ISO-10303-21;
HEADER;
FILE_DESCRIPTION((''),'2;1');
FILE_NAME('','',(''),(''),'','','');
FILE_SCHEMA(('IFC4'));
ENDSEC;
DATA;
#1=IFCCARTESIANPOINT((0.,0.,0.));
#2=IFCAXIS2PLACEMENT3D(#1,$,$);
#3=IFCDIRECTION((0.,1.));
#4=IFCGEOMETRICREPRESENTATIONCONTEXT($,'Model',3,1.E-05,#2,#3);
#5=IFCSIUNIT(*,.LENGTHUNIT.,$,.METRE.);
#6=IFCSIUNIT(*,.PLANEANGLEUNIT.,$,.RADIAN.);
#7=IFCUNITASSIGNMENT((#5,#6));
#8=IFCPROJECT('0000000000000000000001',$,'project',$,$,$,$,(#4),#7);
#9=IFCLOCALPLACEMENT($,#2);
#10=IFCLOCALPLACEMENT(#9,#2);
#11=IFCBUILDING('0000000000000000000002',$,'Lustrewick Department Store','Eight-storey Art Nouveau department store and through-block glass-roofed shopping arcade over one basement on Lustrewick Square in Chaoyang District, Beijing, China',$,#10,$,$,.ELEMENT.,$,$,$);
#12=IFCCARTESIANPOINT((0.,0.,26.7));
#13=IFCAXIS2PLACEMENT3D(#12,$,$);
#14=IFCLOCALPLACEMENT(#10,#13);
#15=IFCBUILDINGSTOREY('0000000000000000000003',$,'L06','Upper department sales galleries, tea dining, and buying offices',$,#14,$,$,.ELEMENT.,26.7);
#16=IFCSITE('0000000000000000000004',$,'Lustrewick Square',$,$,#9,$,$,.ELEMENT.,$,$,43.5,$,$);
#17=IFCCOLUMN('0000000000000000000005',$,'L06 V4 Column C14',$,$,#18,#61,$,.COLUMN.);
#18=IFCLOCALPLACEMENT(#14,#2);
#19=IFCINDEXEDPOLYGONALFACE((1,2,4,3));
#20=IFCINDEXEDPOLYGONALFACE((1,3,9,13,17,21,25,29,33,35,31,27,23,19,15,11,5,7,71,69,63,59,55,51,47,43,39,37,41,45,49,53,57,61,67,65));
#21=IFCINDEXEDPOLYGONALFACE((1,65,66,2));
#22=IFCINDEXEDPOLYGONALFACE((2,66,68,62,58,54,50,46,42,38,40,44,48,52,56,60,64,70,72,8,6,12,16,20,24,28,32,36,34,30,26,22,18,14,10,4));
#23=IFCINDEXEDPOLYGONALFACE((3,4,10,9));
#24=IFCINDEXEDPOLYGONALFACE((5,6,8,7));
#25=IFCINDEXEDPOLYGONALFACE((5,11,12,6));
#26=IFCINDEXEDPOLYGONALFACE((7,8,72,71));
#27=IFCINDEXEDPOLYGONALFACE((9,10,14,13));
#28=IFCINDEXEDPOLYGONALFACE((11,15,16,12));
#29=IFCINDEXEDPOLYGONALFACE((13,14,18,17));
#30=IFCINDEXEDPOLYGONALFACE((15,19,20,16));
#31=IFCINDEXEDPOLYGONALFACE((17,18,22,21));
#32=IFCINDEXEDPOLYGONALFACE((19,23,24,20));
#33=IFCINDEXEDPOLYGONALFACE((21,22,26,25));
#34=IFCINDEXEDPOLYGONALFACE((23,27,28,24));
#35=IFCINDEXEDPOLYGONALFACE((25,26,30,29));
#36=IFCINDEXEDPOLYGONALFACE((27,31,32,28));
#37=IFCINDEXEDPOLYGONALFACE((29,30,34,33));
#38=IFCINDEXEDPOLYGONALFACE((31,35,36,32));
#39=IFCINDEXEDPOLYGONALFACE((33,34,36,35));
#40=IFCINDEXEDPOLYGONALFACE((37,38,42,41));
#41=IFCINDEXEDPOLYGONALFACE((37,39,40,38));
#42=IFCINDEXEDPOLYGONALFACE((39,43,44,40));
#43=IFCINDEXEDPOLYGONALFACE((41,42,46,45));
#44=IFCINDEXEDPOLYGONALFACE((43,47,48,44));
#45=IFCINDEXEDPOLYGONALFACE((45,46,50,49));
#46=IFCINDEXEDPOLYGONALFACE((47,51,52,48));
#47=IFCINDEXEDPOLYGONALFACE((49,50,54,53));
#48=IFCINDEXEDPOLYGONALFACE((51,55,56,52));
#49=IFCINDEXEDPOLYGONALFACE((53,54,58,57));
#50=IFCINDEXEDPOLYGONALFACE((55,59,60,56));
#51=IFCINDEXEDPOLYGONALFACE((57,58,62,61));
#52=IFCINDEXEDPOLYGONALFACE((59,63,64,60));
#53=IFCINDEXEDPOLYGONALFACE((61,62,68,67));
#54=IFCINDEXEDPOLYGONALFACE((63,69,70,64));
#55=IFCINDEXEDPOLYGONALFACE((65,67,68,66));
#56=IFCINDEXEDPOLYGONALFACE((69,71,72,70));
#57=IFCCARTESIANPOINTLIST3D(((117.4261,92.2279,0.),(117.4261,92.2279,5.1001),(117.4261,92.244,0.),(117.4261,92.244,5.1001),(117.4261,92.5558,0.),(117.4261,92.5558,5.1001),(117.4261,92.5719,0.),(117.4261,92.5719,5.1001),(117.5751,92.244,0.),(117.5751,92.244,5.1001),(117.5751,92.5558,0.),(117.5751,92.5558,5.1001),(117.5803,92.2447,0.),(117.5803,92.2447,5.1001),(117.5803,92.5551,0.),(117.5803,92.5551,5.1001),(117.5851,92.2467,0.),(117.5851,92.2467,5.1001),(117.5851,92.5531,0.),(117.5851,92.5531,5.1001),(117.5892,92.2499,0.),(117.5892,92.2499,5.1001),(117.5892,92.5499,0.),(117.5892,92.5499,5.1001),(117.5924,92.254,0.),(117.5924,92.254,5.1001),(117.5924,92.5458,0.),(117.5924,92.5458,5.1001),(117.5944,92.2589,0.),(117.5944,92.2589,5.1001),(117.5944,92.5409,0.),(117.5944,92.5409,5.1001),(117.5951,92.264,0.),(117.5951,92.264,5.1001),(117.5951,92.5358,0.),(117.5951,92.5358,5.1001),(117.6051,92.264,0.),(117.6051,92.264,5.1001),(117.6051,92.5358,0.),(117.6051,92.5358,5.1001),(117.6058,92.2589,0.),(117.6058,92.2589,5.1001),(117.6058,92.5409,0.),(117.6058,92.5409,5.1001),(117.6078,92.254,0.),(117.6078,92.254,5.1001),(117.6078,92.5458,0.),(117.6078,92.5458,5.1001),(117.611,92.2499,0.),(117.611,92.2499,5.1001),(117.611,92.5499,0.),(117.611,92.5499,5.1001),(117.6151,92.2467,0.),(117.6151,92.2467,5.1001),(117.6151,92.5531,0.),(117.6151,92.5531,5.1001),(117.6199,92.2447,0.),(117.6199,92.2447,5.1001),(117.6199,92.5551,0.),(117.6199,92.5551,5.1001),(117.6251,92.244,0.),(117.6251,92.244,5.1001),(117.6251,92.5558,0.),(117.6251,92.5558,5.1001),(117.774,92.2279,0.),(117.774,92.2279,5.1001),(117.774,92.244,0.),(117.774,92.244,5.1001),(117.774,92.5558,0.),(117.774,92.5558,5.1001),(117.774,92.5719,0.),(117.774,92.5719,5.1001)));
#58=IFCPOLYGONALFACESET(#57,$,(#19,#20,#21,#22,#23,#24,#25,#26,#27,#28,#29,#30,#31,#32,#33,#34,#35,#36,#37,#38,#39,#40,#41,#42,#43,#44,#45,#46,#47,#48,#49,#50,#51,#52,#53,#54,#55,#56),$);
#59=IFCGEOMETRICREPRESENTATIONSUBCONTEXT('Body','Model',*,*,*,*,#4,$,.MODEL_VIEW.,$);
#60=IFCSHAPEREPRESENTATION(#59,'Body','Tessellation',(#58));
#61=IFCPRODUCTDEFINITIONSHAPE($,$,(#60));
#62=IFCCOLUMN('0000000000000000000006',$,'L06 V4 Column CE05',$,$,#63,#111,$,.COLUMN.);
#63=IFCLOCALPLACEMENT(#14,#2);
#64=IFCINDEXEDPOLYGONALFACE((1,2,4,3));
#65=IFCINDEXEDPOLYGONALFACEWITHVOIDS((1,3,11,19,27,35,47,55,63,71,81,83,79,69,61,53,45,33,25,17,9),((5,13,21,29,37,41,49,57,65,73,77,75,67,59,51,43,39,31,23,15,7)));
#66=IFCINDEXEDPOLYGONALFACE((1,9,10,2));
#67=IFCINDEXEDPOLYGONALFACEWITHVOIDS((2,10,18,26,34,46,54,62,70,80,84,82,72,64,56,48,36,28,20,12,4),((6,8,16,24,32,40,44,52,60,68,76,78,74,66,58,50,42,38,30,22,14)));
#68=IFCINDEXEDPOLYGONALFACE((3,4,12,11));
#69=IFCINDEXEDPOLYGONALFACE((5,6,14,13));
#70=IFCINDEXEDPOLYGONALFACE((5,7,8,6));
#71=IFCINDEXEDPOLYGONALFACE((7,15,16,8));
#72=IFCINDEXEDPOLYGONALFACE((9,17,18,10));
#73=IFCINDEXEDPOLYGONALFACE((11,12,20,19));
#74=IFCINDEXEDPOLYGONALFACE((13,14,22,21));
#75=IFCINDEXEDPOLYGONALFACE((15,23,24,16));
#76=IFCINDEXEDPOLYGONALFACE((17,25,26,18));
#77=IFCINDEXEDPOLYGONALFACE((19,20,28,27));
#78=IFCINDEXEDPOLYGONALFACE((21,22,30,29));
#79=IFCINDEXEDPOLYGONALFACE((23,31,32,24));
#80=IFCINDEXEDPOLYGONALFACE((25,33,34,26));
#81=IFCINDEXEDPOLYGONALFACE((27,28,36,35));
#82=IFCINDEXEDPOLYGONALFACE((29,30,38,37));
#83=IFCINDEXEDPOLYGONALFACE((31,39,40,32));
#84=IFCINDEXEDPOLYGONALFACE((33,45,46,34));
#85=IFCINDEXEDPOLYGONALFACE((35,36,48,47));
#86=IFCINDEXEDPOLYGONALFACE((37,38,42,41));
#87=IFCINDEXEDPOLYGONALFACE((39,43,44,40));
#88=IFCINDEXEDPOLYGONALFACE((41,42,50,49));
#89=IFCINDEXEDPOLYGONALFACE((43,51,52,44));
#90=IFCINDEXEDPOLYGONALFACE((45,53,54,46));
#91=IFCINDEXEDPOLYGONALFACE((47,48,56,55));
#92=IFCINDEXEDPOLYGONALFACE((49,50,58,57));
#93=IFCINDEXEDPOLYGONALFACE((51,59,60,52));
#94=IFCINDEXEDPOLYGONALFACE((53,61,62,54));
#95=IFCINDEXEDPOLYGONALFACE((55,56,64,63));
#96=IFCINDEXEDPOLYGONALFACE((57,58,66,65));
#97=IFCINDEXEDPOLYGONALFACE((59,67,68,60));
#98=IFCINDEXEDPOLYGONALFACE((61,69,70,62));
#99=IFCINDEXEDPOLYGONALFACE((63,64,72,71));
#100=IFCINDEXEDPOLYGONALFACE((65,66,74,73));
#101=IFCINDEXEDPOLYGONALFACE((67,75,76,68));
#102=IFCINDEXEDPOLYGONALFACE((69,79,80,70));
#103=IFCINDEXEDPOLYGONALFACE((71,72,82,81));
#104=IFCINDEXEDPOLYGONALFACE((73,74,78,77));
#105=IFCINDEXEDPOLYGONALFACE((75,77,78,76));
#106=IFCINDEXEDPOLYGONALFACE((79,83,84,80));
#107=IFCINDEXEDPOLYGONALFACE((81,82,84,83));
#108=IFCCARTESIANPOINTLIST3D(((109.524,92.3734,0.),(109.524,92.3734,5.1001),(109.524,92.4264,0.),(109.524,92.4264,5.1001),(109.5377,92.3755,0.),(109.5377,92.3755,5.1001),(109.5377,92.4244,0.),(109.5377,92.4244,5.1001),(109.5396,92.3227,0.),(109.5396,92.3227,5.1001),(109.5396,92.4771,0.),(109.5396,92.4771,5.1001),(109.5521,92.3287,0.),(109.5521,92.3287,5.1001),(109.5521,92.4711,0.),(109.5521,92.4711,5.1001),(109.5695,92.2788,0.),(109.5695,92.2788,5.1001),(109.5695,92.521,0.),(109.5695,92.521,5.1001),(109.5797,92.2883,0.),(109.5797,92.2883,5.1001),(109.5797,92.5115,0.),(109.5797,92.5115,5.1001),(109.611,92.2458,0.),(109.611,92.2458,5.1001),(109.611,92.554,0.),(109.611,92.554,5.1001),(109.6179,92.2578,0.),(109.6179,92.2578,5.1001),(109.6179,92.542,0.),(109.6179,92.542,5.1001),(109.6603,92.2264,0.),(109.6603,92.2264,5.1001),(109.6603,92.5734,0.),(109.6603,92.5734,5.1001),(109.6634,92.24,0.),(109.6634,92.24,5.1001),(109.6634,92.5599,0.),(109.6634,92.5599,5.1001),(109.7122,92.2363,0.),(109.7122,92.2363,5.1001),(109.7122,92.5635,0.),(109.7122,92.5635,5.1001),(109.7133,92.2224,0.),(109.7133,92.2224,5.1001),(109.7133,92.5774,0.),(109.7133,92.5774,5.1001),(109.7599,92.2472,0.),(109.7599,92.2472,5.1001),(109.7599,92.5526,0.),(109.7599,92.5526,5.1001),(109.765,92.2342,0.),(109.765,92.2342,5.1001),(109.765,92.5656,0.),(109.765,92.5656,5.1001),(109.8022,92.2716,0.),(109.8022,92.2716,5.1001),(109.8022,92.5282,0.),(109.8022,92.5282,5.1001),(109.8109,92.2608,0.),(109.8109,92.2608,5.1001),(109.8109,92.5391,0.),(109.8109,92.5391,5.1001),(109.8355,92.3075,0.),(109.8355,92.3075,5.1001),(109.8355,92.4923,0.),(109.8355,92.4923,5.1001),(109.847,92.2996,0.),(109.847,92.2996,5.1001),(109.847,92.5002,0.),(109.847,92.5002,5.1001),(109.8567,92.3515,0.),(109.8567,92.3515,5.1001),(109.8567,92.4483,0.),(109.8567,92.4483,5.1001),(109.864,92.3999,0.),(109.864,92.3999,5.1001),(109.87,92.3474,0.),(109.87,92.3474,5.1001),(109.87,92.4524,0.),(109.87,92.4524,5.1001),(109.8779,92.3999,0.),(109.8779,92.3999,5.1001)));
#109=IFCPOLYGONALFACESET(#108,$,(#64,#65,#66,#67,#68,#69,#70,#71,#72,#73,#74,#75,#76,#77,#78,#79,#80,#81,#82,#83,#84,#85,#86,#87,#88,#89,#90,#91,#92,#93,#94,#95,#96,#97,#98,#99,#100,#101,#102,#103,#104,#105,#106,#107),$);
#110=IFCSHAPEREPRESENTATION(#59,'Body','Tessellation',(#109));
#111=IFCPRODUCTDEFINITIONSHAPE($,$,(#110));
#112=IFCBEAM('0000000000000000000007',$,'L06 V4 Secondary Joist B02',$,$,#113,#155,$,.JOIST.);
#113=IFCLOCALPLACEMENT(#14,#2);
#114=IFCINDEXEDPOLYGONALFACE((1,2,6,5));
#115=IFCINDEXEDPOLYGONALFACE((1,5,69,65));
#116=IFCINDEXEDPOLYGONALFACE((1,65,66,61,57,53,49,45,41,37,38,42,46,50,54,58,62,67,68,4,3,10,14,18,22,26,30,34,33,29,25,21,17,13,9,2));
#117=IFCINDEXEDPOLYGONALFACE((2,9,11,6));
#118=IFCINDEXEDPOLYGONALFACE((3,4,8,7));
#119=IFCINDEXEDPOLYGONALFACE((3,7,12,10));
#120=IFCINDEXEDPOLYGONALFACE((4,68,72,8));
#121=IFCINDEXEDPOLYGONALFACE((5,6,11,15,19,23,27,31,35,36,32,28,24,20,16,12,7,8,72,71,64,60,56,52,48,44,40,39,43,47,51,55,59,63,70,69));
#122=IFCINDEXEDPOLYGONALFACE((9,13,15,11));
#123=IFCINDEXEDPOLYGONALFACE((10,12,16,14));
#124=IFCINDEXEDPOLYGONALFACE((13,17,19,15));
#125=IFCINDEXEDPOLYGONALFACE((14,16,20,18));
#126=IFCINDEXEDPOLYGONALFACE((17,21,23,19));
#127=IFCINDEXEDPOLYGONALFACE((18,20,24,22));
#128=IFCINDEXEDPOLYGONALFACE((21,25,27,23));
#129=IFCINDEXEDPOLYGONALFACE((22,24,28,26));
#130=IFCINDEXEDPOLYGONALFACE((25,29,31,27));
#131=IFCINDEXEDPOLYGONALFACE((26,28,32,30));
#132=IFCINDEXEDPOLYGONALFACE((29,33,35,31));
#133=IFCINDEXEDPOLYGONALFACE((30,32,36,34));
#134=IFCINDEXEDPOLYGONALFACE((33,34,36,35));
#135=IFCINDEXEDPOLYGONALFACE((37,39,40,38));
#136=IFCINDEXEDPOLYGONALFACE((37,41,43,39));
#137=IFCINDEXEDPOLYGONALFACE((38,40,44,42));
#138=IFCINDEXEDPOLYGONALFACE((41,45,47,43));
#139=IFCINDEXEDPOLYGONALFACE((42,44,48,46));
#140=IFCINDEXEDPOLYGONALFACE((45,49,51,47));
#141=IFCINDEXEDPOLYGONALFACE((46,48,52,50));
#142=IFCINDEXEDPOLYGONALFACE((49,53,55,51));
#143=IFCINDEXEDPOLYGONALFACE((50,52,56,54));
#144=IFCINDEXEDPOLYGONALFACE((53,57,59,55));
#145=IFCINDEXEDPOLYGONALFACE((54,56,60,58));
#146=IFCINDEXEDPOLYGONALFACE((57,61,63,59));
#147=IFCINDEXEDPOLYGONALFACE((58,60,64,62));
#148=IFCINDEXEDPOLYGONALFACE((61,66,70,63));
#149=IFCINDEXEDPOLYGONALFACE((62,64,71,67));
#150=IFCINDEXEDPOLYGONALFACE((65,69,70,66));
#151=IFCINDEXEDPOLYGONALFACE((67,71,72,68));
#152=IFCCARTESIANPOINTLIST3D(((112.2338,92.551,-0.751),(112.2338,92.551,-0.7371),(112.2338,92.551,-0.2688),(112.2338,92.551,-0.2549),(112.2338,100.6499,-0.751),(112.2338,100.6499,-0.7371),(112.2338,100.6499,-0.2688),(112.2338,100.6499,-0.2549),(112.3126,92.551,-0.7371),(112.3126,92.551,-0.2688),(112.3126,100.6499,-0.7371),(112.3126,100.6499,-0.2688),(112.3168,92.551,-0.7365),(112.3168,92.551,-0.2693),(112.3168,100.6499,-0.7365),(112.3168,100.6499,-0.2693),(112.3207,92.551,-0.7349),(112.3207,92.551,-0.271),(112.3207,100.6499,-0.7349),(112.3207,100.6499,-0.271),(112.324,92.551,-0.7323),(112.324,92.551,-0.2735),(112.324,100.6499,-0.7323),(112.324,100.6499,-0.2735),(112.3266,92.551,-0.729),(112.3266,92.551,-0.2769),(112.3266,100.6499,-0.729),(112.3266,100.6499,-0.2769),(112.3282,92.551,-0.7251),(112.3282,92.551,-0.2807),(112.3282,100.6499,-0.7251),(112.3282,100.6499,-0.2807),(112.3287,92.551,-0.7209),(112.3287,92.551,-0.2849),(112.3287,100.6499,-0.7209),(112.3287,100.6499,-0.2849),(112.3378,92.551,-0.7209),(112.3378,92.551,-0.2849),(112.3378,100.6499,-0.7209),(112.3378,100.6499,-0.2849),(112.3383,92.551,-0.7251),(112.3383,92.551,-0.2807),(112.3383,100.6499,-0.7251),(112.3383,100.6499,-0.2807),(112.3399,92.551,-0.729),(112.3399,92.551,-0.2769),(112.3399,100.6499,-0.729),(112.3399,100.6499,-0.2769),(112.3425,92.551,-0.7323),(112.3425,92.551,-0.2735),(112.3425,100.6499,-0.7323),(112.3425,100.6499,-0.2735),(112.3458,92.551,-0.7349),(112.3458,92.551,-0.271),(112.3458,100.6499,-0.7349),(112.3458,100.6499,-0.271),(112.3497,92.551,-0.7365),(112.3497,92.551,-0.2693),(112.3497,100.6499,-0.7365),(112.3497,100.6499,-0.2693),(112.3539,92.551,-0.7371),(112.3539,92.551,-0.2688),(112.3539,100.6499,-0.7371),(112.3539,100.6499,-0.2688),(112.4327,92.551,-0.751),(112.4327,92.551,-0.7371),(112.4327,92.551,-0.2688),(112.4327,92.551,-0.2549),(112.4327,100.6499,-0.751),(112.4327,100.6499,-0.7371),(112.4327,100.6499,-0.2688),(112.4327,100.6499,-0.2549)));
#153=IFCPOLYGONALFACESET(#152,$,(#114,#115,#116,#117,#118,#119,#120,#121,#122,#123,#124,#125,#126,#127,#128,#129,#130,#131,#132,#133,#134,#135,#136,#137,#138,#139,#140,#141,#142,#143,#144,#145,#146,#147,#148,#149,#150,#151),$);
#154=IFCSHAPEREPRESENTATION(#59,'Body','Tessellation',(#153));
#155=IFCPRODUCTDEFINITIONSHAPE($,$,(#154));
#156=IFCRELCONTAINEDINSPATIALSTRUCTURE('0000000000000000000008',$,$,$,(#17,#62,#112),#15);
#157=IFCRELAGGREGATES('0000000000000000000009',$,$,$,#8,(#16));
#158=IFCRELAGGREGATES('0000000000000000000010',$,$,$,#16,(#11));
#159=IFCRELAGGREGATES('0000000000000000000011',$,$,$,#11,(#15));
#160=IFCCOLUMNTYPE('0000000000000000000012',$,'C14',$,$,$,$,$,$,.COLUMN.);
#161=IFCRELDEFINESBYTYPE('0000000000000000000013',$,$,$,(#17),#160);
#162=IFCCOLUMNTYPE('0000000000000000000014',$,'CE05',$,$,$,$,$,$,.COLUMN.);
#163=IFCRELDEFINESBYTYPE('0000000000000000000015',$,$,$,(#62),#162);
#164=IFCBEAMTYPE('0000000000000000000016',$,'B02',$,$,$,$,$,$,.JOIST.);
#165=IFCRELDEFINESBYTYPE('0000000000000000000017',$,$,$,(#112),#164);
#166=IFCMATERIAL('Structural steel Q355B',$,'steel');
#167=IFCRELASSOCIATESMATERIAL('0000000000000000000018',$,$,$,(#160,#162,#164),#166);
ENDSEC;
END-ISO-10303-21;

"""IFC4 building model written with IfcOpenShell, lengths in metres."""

from ifc_helpers import new_model, si_unit, direction, frame, origin, origin_2d, place, context, subcontext, project, spatial, hollow_circle, i_section, extrude, material, material_profile, profile_set, type_object, element, save


model = new_model("IFC4")

# Units and contexts
model_context = context("Model", 3, precision=1e-05, world=origin(), true_north=direction((0.0, 1.0)))
body_context = subcontext(model_context, "Body", "Model", "MODEL_VIEW")
ifc_project = project(units=[si_unit("LENGTHUNIT", "METRE"), si_unit("PLANEANGLEUNIT", "RADIAN")], contexts=[model_context])

# Site, building, storey
site_placement = place(None, origin())
site = spatial("IfcSite", under=ifc_project, at=site_placement, Name="Lustrewick Square", CompositionType="ELEMENT", RefElevation=43.5)
building_placement = place(site_placement, origin())
building = spatial("IfcBuilding", under=site, at=building_placement, Name="Lustrewick Department Store", Description="Eight-storey Art Nouveau department store and through-block glass-roofed shopping arcade over one basement on Lustrewick Square in Chaoyang District, Beijing, China", CompositionType="ELEMENT")
storey_placement = place(building_placement, frame((0.0, 0.0, 26.7)))
storey = spatial("IfcBuildingStorey", under=building, at=storey_placement, Name="L06", Description="Upper department sales galleries, tea dining, and buying offices", CompositionType="ELEMENT", Elevation=26.7)

# Columns
ifc_material_1 = material(Name="Structural steel Q355B", Category="steel")
ifc_material_profile_1 = material_profile(ifc_material_1, i_section(OverallWidth=0.3479, OverallDepth=0.344, WebThickness=0.01, FlangeThickness=0.0161, FilletRadius=0.02, at=origin_2d()), Name="HW 344x348x10x16")
ifc_profile_set_1 = profile_set([ifc_material_profile_1], Name="Structural steel Q355B")
column_type_1 = type_object("IfcColumnType", Name="C14", PredefinedType="COLUMN", material=ifc_profile_set_1)
column_1_placement = place(storey_placement, frame((117.6001, 92.3999, 0.0), z_axis=(0.0, 0.0, 1.0), x_axis=(1.0, 0.0, 0.0)))
element("IfcColumn", 1, at=column_1_placement, inside=storey, type_object=column_type_1, Name="L06 V4 Column C14", PredefinedType="COLUMN", context=body_context, shape_type="SweptSolid", body=[
    extrude(i_section(OverallWidth=0.3479, OverallDepth=0.344, WebThickness=0.01, FlangeThickness=0.0161, FilletRadius=0.02, at=origin_2d()), origin(), (0.0, 0.0, 1.0), 5.1001),
])
ifc_material_profile_2 = material_profile(ifc_material_1, hollow_circle(Radius=0.178, WallThickness=0.0139, at=origin_2d()), Name="CHS 356x14")
ifc_profile_set_2 = profile_set([ifc_material_profile_2], Name="Structural steel Q355B")
column_type_2 = type_object("IfcColumnType", Name="CE05", PredefinedType="COLUMN", material=ifc_profile_set_2)
column_2_placement = place(storey_placement, frame((109.7, 92.3999, 0.0), z_axis=(0.0, 0.0, 1.0), x_axis=(1.0, 0.0, 0.0)))
element("IfcColumn", 2, at=column_2_placement, inside=storey, type_object=column_type_2, Name="L06 V4 Column CE05", PredefinedType="COLUMN", context=body_context, shape_type="SweptSolid", body=[
    extrude(hollow_circle(Radius=0.178, WallThickness=0.0139, at=origin_2d()), origin(), (0.0, 0.0, 1.0), 5.1001),
])

# Beam
ifc_material_profile_3 = material_profile(ifc_material_1, i_section(OverallWidth=0.199, OverallDepth=0.4961, WebThickness=0.009, FlangeThickness=0.0139, FilletRadius=0.0161, at=origin_2d()), Name="HN 496x199x9x14")
ifc_profile_set_3 = profile_set([ifc_material_profile_3], Name="Structural steel Q355B")
beam_type_1 = type_object("IfcBeamType", Name="B02", PredefinedType="JOIST", material=ifc_profile_set_3)
beam_1_placement = place(storey_placement, frame((112.3333, 92.551, -0.5029), z_axis=(0.0, 1.0, 0.0), x_axis=(-1.0, 0.0, 0.0)))
element("IfcBeam", 3, at=beam_1_placement, inside=storey, type_object=beam_type_1, Name="L06 V4 Secondary Joist B02", PredefinedType="JOIST", context=body_context, shape_type="SweptSolid", body=[
    extrude(i_section(OverallWidth=0.199, OverallDepth=0.4961, WebThickness=0.009, FlangeThickness=0.0139, FilletRadius=0.0161, at=origin_2d()), origin(), (0.0, 0.0, 1.0), 8.0989),
])

save(model, "model.ifc")
